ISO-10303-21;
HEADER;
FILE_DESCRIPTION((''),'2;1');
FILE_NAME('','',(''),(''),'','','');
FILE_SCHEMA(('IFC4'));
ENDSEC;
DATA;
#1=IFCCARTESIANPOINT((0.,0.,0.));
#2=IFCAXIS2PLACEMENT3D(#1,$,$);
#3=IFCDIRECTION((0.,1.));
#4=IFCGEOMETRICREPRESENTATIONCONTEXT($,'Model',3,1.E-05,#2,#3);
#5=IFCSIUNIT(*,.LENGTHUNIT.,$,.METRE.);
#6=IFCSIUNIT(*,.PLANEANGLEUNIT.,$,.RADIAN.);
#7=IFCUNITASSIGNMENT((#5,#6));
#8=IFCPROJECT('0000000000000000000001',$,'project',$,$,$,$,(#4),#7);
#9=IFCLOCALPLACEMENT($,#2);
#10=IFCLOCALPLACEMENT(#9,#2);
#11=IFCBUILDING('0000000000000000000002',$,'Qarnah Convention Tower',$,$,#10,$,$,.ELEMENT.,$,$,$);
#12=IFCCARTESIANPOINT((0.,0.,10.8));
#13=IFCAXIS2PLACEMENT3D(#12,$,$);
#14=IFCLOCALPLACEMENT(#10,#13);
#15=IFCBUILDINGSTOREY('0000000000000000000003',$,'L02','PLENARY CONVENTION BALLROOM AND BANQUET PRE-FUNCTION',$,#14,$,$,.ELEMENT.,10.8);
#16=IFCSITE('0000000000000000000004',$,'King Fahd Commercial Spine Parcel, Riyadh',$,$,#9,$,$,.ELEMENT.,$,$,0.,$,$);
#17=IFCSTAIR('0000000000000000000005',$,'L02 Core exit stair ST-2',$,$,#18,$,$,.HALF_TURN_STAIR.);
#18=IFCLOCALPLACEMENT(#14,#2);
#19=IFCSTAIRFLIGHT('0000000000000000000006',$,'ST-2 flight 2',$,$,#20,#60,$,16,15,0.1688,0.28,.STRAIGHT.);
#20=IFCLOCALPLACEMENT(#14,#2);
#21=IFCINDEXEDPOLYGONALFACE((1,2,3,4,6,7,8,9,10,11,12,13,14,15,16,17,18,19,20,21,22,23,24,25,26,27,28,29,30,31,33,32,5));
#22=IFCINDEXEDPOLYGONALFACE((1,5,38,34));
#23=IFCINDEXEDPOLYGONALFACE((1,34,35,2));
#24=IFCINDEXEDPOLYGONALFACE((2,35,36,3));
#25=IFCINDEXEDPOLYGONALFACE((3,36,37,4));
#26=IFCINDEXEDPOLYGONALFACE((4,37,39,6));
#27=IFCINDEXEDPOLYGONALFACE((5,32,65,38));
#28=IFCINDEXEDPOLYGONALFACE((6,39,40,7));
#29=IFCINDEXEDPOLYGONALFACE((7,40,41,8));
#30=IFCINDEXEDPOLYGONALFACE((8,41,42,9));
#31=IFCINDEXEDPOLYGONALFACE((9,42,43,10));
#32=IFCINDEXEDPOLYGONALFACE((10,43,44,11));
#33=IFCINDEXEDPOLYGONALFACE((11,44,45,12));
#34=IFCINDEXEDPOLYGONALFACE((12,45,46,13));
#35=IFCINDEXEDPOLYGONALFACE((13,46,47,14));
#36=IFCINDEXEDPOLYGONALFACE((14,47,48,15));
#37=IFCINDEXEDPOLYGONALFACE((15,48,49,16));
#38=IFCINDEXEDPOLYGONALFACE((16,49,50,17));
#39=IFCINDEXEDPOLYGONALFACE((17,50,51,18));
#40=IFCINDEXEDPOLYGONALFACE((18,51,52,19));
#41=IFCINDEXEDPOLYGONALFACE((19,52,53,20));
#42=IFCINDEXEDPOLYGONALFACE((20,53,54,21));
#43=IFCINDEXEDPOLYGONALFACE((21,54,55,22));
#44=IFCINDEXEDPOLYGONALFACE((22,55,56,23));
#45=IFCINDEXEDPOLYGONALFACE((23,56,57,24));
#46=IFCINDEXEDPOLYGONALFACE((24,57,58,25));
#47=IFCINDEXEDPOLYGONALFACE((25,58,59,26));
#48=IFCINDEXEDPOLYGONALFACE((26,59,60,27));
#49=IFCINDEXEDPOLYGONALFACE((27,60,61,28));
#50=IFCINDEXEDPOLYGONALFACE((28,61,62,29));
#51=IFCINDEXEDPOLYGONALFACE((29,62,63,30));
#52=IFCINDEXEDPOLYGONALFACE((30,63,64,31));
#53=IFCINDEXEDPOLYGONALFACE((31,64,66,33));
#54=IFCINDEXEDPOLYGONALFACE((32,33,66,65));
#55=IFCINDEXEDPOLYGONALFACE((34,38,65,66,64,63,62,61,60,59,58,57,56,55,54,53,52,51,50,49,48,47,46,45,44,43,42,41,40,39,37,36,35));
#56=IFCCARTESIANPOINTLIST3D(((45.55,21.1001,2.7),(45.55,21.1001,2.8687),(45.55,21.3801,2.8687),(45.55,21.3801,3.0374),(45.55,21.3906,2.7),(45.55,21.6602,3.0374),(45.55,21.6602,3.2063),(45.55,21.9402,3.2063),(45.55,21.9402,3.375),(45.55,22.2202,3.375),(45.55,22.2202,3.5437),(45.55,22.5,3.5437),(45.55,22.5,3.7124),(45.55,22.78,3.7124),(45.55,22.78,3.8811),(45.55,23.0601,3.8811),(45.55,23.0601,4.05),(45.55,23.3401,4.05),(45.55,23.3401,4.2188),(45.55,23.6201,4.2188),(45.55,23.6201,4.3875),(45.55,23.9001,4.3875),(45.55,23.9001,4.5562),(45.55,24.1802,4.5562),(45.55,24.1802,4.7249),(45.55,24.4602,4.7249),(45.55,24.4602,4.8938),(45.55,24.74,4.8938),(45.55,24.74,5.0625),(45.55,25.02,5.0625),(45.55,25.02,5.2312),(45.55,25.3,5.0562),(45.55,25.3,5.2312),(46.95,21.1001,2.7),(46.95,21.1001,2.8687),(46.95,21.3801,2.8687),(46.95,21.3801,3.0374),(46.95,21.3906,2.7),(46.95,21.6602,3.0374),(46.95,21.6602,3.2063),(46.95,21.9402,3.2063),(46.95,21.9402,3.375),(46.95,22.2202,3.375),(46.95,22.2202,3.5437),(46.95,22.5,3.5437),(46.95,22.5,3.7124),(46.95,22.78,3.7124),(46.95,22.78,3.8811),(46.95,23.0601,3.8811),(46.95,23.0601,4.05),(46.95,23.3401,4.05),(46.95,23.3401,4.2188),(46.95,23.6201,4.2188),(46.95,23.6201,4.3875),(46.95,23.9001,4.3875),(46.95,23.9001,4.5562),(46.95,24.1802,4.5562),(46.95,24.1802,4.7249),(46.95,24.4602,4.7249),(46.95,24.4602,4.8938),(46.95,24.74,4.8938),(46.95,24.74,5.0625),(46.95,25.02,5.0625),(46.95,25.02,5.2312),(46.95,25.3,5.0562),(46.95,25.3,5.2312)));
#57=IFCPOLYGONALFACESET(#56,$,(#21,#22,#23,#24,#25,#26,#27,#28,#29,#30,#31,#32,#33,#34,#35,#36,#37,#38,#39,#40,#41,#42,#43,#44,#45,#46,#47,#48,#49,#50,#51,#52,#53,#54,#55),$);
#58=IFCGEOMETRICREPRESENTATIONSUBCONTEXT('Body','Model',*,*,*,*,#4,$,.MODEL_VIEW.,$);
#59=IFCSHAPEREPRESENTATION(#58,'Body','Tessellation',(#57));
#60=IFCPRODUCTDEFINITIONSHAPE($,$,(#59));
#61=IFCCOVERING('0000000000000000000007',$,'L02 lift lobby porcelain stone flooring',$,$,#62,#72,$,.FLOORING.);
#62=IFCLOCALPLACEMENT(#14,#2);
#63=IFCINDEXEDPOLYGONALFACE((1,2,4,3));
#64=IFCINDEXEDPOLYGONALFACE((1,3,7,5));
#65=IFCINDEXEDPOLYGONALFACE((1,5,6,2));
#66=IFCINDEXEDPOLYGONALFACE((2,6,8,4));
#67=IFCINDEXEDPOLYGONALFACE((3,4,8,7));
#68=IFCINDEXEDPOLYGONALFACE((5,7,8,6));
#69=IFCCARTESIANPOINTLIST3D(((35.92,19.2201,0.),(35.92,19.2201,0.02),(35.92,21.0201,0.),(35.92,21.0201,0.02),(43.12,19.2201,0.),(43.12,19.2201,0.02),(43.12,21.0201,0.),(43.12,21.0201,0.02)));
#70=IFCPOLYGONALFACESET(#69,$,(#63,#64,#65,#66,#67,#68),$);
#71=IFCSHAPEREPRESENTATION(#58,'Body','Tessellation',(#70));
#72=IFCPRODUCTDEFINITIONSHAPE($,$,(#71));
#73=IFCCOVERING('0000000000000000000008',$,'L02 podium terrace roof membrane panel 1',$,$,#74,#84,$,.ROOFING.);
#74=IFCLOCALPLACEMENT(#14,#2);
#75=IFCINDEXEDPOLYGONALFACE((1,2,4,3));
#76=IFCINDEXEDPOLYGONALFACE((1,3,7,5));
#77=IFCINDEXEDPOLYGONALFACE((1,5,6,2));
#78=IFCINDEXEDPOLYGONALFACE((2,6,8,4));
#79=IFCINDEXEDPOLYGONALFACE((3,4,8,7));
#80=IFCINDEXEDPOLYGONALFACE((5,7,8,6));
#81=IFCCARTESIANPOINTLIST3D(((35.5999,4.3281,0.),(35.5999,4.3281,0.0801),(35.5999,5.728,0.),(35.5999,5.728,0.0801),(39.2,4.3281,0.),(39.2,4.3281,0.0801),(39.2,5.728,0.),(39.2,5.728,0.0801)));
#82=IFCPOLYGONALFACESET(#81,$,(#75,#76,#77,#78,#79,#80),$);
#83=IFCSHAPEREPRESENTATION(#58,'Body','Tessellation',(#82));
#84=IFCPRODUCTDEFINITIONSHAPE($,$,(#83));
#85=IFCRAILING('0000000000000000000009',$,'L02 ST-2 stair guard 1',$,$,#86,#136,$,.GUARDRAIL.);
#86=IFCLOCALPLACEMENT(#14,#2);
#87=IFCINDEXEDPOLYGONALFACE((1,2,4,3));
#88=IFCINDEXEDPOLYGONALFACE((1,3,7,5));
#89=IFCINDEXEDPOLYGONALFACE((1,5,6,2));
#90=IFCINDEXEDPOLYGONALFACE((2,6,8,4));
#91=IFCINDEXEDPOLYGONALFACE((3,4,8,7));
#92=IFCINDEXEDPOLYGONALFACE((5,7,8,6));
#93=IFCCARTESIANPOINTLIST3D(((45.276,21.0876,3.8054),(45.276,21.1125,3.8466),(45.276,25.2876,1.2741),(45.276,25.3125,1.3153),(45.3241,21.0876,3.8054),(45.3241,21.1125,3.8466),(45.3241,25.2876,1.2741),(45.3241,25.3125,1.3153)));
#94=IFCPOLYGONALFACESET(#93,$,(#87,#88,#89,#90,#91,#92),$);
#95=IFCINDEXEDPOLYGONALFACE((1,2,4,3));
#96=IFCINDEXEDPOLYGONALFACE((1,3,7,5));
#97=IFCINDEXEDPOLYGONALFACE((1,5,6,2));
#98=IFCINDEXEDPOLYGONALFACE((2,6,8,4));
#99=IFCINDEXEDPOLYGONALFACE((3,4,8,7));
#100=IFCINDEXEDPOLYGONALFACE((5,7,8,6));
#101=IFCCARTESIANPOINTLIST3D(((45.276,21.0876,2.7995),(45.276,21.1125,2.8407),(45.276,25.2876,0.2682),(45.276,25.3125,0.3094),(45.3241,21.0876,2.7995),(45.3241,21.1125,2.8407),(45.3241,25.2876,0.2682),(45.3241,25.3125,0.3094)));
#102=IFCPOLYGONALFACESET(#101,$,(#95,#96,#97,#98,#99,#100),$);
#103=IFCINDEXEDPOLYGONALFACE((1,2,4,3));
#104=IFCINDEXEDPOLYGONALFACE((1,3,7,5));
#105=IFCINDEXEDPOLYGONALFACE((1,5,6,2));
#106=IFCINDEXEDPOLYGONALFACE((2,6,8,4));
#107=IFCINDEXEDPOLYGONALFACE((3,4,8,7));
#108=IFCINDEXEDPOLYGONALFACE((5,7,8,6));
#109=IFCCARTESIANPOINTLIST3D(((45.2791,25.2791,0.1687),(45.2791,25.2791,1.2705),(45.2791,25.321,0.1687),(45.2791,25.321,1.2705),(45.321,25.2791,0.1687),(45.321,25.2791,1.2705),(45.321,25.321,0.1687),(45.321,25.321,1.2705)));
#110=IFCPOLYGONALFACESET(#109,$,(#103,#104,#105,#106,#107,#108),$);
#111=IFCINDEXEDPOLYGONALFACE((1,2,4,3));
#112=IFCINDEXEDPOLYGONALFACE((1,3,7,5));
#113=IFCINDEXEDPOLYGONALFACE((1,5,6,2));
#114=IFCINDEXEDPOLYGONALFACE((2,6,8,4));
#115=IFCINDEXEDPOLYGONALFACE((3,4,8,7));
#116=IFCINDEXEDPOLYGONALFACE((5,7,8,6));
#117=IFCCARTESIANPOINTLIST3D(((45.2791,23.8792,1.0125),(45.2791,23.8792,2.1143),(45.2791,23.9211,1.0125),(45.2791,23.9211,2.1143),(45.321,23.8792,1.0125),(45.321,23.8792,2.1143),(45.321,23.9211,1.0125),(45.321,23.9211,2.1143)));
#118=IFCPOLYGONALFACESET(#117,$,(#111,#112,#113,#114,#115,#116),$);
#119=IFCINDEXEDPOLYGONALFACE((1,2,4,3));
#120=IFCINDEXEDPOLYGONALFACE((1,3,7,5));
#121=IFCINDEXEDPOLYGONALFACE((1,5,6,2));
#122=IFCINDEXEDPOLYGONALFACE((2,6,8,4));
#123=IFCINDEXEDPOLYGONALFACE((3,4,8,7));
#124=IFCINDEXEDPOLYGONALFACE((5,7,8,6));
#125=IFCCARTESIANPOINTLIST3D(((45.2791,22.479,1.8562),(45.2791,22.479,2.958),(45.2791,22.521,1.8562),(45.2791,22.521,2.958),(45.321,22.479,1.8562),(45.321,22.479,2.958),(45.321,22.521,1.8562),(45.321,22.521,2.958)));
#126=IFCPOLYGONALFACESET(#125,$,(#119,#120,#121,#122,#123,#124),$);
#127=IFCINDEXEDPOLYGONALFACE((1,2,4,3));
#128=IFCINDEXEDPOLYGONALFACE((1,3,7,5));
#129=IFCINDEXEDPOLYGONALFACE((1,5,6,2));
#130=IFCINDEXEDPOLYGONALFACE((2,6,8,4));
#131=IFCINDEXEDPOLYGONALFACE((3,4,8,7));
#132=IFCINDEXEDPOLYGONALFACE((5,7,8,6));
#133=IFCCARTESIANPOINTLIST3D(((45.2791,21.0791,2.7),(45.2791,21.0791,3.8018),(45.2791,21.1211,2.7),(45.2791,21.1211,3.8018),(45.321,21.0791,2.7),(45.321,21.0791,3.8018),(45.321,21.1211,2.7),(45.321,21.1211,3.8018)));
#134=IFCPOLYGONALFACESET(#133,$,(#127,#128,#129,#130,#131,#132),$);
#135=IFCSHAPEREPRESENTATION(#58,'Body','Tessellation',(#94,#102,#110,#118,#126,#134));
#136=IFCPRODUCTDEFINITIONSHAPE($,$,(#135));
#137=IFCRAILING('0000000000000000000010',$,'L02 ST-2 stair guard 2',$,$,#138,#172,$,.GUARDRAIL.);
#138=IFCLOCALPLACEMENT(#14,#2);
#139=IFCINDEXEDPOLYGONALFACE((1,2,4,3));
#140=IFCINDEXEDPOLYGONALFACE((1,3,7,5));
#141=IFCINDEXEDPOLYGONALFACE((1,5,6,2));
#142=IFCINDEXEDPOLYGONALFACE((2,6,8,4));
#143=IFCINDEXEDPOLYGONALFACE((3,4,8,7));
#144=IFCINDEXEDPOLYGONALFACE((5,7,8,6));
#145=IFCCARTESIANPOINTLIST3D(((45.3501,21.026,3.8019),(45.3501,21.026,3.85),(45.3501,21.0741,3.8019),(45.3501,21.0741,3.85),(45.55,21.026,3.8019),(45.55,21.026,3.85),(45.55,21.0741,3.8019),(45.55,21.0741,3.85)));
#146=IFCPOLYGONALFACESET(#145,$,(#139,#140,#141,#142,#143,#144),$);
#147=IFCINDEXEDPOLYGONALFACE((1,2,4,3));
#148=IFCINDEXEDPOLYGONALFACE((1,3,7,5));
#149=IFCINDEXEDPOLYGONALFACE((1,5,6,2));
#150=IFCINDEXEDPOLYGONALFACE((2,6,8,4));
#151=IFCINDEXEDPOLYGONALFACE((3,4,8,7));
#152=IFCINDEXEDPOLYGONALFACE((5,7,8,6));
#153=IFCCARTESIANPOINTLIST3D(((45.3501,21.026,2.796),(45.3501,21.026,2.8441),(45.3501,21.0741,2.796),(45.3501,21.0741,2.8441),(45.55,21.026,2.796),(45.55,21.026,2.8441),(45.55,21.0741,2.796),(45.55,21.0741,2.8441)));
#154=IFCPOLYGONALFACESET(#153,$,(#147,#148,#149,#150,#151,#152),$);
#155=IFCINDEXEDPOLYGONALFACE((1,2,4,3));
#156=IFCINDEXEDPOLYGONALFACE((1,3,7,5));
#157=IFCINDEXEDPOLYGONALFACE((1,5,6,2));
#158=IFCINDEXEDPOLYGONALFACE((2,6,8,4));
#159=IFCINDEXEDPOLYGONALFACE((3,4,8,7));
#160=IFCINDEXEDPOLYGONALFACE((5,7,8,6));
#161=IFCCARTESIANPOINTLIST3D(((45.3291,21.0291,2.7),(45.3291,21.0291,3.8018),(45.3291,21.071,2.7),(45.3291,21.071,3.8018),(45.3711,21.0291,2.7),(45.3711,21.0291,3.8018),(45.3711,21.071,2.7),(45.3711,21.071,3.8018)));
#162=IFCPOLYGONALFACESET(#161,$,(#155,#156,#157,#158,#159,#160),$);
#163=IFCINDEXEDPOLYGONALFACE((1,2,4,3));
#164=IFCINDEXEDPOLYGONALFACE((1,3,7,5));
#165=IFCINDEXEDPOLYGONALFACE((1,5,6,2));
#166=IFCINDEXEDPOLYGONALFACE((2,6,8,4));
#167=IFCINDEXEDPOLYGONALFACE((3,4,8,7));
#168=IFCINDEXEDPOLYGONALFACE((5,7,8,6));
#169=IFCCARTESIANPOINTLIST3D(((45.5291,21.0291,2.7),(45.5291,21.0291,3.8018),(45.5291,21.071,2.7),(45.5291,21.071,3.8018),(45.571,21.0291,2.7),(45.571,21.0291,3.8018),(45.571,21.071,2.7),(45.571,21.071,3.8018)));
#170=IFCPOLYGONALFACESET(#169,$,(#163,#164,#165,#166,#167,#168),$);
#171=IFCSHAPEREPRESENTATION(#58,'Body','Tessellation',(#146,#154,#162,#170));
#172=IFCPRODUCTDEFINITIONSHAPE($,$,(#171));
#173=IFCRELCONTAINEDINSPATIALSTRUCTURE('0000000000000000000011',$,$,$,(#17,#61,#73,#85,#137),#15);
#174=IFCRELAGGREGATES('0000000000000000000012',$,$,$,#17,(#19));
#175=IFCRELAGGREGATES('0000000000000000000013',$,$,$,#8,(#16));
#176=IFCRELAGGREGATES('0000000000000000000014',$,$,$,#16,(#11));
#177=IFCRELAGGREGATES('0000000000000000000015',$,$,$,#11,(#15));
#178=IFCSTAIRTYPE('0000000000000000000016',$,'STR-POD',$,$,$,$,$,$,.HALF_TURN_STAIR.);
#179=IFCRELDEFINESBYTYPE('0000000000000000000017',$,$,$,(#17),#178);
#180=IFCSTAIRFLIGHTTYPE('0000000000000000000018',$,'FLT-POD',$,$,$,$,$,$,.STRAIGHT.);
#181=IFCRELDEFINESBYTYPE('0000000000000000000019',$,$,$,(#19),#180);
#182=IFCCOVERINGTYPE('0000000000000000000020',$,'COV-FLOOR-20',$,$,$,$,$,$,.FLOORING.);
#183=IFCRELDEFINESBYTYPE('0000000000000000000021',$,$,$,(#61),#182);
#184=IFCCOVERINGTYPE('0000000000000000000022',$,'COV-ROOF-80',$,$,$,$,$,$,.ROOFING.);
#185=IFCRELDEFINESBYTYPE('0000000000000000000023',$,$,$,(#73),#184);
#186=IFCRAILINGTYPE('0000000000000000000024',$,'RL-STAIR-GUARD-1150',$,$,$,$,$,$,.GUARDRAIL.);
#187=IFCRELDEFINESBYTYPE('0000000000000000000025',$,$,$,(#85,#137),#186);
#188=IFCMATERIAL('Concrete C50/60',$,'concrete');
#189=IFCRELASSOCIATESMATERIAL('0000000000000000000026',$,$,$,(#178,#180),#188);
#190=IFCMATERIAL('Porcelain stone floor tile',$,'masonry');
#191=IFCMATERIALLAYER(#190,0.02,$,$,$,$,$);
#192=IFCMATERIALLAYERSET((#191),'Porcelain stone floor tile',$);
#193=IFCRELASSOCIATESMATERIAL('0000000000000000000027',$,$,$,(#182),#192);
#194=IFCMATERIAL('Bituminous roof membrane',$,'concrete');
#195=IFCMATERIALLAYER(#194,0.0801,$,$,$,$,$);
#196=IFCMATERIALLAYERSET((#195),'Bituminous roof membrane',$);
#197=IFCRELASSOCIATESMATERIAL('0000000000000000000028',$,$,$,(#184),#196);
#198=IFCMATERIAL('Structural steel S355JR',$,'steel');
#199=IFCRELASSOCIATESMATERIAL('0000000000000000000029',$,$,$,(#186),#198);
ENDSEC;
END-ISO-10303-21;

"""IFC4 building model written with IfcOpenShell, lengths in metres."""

from ifc_helpers import new_model, si_unit, direction, frame, origin, origin_2d, place, context, subcontext, project, spatial, polyline, rectangle, outline, extrude, material, layer, layer_set, type_object, element, aggregate, save


model = new_model("IFC4")

# Units and contexts
model_context = context("Model", 3, precision=1e-05, world=origin(), true_north=direction((0.0, 1.0)))
body_context = subcontext(model_context, "Body", "Model", "MODEL_VIEW")
ifc_project = project(units=[si_unit("LENGTHUNIT", "METRE"), si_unit("PLANEANGLEUNIT", "RADIAN")], contexts=[model_context])

# Site, building, storey
site_placement = place(None, origin())
site = spatial("IfcSite", under=ifc_project, at=site_placement, Name="King Fahd Commercial Spine Parcel, Riyadh", CompositionType="ELEMENT", RefElevation=0.0)
building_placement = place(site_placement, origin())
building = spatial("IfcBuilding", under=site, at=building_placement, Name="Qarnah Convention Tower", CompositionType="ELEMENT")
storey_placement = place(building_placement, frame((0.0, 0.0, 10.8)))
storey = spatial("IfcBuildingStorey", under=building, at=storey_placement, Name="L02", Description="PLENARY CONVENTION BALLROOM AND BANQUET PRE-FUNCTION", CompositionType="ELEMENT", Elevation=10.8)

# Shared definitions
ifc_material_1 = material(Name="Structural steel S355JR", Category="steel")

# Stair, stair flight
ifc_material_2 = material(Name="Concrete C50/60", Category="concrete")
stair_type = type_object("IfcStairType", Name="STR-POD", PredefinedType="HALF_TURN_STAIR", material=ifc_material_2)
stair_placement = place(storey_placement, origin())
stair = element("IfcStair", 1, at=stair_placement, inside=storey, type_object=stair_type, Name="L02 Core exit stair ST-2", PredefinedType="HALF_TURN_STAIR")
stair_flight_type = type_object("IfcStairFlightType", Name="FLT-POD", PredefinedType="STRAIGHT", material=ifc_material_2)
stair_flight_1_placement = place(storey_placement, frame((46.25, 21.1001, 2.7), z_axis=(0.0, 0.0, 1.0), x_axis=(0.0, 1.0, 0.0)))
stair_flight_1 = element("IfcStairFlight", 2, at=stair_flight_1_placement, type_object=stair_flight_type, Name="ST-2 flight 2", NumberOfRisers=16, NumberOfTreads=15, PredefinedType="STRAIGHT", RiserHeight=0.1688, TreadLength=0.28, context=body_context, shape_type="SweptSolid", body=[
    extrude(outline(polyline([(0.0, 0.0), (0.0, 0.1687), (0.28, 0.1687), (0.28, 0.3374), (0.5601, 0.3374), (0.5601, 0.5063), (0.8401, 0.5063), (0.8401, 0.675), (1.1201, 0.675), (1.1201, 0.8438), (1.3999, 0.8438), (1.3999, 1.0125), (1.6799, 1.0125), (1.6799, 1.1812), (1.96, 1.1812), (1.96, 1.3501), (2.24, 1.3501), (2.24, 1.5188), (2.52, 1.5188), (2.52, 1.6875), (2.8, 1.6875), (2.8, 1.8562), (3.0801, 1.8562), (3.0801, 2.0249), (3.3601, 2.0249), (3.3601, 2.1938), (3.6399, 2.1938), (3.6399, 2.3625), (3.9199, 2.3625), (3.9199, 2.5312), (4.2, 2.5312), (4.2, 2.7), (4.2, 2.3562), (0.2905, 0.0), (0.0, 0.0)])), frame((0.0, 0.7, 0.0), z_axis=(0.0, -1.0, 0.0), x_axis=(1.0, 0.0, 0.0)), (0.0, 0.0, 1.0), 1.3999),
])
aggregate(stair, [stair_flight_1])

# Coverings
ifc_material_3 = material(Name="Porcelain stone floor tile", Category="masonry")
ifc_layer_1 = layer(ifc_material_3, 0.02)
ifc_layer_set_1 = layer_set([ifc_layer_1], Name="Porcelain stone floor tile")
covering_type_1 = type_object("IfcCoveringType", Name="COV-FLOOR-20", PredefinedType="FLOORING", material=ifc_layer_set_1)
covering_1_placement = place(storey_placement, frame((39.52, 20.1201, 0.0), z_axis=(0.0, 0.0, 1.0), x_axis=(1.0, 0.0, 0.0)))
element("IfcCovering", 3, at=covering_1_placement, inside=storey, type_object=covering_type_1, Name="L02 lift lobby porcelain stone flooring", PredefinedType="FLOORING", context=body_context, shape_type="SweptSolid", body=[
    extrude(rectangle(XDim=7.2, YDim=1.8, at=origin_2d()), origin(), (0.0, 0.0, 1.0), 0.02),
])
ifc_material_4 = material(Name="Bituminous roof membrane", Category="concrete")
ifc_layer_2 = layer(ifc_material_4, 0.0801)
ifc_layer_set_2 = layer_set([ifc_layer_2], Name="Bituminous roof membrane")
covering_type_2 = type_object("IfcCoveringType", Name="COV-ROOF-80", PredefinedType="ROOFING", material=ifc_layer_set_2)
covering_2_placement = place(storey_placement, frame((37.3999, 5.0281, 0.0), z_axis=(0.0, 0.0, 1.0), x_axis=(1.0, 0.0, 0.0)))
element("IfcCovering", 4, at=covering_2_placement, inside=storey, type_object=covering_type_2, Name="L02 podium terrace roof membrane panel 1", PredefinedType="ROOFING", context=body_context, shape_type="SweptSolid", body=[
    extrude(rectangle(XDim=3.6001, YDim=1.3999, at=origin_2d()), origin(), (0.0, 0.0, 1.0), 0.0801),
])

# Railings
railing_type_1 = type_object("IfcRailingType", Name="RL-STAIR-GUARD-1150", PredefinedType="GUARDRAIL", material=ifc_material_1)
railing_1_placement = place(storey_placement, frame((45.3, 25.3, 0.1687)))
element("IfcRailing", 5, at=railing_1_placement, inside=storey, type_object=railing_type_1, Name="L02 ST-2 stair guard 1", PredefinedType="GUARDRAIL", context=body_context, shape_type="SweptSolid", body=[
    extrude(rectangle(XDim=0.0481, YDim=0.0481, at=origin_2d()), frame((0.0, 0.0, 1.126), z_axis=(0.0, -0.856476, 0.516186), x_axis=(1.0, 0.0, 0.0)), (0.0, 0.0, 1.0), 4.9038),
    extrude(rectangle(XDim=0.0481, YDim=0.0481, at=origin_2d()), frame((0.0, 0.0, 0.1201), z_axis=(0.0, -0.856476, 0.516186), x_axis=(1.0, 0.0, 0.0)), (0.0, 0.0, 1.0), 4.9038),
    extrude(rectangle(XDim=0.042, YDim=0.042, at=origin_2d()), origin(), (0.0, 0.0, 1.0), 1.1018),
    extrude(rectangle(XDim=0.042, YDim=0.042, at=origin_2d()), frame((0.0, -1.3999, 0.8438)), (0.0, 0.0, 1.0), 1.1018),
    extrude(rectangle(XDim=0.042, YDim=0.042, at=origin_2d()), frame((0.0, -2.8, 1.6875)), (0.0, 0.0, 1.0), 1.1018),
    extrude(rectangle(XDim=0.042, YDim=0.042, at=origin_2d()), frame((0.0, -4.2, 2.5312)), (0.0, 0.0, 1.0), 1.1018),
])
railing_2_placement = place(storey_placement, frame((45.3501, 21.05, 2.7)))
element("IfcRailing", 6, at=railing_2_placement, inside=storey, type_object=railing_type_1, Name="L02 ST-2 stair guard 2", PredefinedType="GUARDRAIL", context=body_context, shape_type="SweptSolid", body=[
    extrude(rectangle(XDim=0.0481, YDim=0.0481, at=origin_2d()), frame((0.0, 0.0, 1.126), z_axis=(1.0, 0.0, 0.0), x_axis=(0.0, 1.0, 0.0)), (0.0, 0.0, 1.0), 0.2),
    extrude(rectangle(XDim=0.0481, YDim=0.0481, at=origin_2d()), frame((0.0, 0.0, 0.1201), z_axis=(1.0, 0.0, 0.0), x_axis=(0.0, 1.0, 0.0)), (0.0, 0.0, 1.0), 0.2),
    extrude(rectangle(XDim=0.042, YDim=0.042, at=origin_2d()), origin(), (0.0, 0.0, 1.0), 1.1018),
    extrude(rectangle(XDim=0.042, YDim=0.042, at=origin_2d()), frame((0.2, 0.0, 0.0)), (0.0, 0.0, 1.0), 1.1018),
])

save(model, "model.ifc")
